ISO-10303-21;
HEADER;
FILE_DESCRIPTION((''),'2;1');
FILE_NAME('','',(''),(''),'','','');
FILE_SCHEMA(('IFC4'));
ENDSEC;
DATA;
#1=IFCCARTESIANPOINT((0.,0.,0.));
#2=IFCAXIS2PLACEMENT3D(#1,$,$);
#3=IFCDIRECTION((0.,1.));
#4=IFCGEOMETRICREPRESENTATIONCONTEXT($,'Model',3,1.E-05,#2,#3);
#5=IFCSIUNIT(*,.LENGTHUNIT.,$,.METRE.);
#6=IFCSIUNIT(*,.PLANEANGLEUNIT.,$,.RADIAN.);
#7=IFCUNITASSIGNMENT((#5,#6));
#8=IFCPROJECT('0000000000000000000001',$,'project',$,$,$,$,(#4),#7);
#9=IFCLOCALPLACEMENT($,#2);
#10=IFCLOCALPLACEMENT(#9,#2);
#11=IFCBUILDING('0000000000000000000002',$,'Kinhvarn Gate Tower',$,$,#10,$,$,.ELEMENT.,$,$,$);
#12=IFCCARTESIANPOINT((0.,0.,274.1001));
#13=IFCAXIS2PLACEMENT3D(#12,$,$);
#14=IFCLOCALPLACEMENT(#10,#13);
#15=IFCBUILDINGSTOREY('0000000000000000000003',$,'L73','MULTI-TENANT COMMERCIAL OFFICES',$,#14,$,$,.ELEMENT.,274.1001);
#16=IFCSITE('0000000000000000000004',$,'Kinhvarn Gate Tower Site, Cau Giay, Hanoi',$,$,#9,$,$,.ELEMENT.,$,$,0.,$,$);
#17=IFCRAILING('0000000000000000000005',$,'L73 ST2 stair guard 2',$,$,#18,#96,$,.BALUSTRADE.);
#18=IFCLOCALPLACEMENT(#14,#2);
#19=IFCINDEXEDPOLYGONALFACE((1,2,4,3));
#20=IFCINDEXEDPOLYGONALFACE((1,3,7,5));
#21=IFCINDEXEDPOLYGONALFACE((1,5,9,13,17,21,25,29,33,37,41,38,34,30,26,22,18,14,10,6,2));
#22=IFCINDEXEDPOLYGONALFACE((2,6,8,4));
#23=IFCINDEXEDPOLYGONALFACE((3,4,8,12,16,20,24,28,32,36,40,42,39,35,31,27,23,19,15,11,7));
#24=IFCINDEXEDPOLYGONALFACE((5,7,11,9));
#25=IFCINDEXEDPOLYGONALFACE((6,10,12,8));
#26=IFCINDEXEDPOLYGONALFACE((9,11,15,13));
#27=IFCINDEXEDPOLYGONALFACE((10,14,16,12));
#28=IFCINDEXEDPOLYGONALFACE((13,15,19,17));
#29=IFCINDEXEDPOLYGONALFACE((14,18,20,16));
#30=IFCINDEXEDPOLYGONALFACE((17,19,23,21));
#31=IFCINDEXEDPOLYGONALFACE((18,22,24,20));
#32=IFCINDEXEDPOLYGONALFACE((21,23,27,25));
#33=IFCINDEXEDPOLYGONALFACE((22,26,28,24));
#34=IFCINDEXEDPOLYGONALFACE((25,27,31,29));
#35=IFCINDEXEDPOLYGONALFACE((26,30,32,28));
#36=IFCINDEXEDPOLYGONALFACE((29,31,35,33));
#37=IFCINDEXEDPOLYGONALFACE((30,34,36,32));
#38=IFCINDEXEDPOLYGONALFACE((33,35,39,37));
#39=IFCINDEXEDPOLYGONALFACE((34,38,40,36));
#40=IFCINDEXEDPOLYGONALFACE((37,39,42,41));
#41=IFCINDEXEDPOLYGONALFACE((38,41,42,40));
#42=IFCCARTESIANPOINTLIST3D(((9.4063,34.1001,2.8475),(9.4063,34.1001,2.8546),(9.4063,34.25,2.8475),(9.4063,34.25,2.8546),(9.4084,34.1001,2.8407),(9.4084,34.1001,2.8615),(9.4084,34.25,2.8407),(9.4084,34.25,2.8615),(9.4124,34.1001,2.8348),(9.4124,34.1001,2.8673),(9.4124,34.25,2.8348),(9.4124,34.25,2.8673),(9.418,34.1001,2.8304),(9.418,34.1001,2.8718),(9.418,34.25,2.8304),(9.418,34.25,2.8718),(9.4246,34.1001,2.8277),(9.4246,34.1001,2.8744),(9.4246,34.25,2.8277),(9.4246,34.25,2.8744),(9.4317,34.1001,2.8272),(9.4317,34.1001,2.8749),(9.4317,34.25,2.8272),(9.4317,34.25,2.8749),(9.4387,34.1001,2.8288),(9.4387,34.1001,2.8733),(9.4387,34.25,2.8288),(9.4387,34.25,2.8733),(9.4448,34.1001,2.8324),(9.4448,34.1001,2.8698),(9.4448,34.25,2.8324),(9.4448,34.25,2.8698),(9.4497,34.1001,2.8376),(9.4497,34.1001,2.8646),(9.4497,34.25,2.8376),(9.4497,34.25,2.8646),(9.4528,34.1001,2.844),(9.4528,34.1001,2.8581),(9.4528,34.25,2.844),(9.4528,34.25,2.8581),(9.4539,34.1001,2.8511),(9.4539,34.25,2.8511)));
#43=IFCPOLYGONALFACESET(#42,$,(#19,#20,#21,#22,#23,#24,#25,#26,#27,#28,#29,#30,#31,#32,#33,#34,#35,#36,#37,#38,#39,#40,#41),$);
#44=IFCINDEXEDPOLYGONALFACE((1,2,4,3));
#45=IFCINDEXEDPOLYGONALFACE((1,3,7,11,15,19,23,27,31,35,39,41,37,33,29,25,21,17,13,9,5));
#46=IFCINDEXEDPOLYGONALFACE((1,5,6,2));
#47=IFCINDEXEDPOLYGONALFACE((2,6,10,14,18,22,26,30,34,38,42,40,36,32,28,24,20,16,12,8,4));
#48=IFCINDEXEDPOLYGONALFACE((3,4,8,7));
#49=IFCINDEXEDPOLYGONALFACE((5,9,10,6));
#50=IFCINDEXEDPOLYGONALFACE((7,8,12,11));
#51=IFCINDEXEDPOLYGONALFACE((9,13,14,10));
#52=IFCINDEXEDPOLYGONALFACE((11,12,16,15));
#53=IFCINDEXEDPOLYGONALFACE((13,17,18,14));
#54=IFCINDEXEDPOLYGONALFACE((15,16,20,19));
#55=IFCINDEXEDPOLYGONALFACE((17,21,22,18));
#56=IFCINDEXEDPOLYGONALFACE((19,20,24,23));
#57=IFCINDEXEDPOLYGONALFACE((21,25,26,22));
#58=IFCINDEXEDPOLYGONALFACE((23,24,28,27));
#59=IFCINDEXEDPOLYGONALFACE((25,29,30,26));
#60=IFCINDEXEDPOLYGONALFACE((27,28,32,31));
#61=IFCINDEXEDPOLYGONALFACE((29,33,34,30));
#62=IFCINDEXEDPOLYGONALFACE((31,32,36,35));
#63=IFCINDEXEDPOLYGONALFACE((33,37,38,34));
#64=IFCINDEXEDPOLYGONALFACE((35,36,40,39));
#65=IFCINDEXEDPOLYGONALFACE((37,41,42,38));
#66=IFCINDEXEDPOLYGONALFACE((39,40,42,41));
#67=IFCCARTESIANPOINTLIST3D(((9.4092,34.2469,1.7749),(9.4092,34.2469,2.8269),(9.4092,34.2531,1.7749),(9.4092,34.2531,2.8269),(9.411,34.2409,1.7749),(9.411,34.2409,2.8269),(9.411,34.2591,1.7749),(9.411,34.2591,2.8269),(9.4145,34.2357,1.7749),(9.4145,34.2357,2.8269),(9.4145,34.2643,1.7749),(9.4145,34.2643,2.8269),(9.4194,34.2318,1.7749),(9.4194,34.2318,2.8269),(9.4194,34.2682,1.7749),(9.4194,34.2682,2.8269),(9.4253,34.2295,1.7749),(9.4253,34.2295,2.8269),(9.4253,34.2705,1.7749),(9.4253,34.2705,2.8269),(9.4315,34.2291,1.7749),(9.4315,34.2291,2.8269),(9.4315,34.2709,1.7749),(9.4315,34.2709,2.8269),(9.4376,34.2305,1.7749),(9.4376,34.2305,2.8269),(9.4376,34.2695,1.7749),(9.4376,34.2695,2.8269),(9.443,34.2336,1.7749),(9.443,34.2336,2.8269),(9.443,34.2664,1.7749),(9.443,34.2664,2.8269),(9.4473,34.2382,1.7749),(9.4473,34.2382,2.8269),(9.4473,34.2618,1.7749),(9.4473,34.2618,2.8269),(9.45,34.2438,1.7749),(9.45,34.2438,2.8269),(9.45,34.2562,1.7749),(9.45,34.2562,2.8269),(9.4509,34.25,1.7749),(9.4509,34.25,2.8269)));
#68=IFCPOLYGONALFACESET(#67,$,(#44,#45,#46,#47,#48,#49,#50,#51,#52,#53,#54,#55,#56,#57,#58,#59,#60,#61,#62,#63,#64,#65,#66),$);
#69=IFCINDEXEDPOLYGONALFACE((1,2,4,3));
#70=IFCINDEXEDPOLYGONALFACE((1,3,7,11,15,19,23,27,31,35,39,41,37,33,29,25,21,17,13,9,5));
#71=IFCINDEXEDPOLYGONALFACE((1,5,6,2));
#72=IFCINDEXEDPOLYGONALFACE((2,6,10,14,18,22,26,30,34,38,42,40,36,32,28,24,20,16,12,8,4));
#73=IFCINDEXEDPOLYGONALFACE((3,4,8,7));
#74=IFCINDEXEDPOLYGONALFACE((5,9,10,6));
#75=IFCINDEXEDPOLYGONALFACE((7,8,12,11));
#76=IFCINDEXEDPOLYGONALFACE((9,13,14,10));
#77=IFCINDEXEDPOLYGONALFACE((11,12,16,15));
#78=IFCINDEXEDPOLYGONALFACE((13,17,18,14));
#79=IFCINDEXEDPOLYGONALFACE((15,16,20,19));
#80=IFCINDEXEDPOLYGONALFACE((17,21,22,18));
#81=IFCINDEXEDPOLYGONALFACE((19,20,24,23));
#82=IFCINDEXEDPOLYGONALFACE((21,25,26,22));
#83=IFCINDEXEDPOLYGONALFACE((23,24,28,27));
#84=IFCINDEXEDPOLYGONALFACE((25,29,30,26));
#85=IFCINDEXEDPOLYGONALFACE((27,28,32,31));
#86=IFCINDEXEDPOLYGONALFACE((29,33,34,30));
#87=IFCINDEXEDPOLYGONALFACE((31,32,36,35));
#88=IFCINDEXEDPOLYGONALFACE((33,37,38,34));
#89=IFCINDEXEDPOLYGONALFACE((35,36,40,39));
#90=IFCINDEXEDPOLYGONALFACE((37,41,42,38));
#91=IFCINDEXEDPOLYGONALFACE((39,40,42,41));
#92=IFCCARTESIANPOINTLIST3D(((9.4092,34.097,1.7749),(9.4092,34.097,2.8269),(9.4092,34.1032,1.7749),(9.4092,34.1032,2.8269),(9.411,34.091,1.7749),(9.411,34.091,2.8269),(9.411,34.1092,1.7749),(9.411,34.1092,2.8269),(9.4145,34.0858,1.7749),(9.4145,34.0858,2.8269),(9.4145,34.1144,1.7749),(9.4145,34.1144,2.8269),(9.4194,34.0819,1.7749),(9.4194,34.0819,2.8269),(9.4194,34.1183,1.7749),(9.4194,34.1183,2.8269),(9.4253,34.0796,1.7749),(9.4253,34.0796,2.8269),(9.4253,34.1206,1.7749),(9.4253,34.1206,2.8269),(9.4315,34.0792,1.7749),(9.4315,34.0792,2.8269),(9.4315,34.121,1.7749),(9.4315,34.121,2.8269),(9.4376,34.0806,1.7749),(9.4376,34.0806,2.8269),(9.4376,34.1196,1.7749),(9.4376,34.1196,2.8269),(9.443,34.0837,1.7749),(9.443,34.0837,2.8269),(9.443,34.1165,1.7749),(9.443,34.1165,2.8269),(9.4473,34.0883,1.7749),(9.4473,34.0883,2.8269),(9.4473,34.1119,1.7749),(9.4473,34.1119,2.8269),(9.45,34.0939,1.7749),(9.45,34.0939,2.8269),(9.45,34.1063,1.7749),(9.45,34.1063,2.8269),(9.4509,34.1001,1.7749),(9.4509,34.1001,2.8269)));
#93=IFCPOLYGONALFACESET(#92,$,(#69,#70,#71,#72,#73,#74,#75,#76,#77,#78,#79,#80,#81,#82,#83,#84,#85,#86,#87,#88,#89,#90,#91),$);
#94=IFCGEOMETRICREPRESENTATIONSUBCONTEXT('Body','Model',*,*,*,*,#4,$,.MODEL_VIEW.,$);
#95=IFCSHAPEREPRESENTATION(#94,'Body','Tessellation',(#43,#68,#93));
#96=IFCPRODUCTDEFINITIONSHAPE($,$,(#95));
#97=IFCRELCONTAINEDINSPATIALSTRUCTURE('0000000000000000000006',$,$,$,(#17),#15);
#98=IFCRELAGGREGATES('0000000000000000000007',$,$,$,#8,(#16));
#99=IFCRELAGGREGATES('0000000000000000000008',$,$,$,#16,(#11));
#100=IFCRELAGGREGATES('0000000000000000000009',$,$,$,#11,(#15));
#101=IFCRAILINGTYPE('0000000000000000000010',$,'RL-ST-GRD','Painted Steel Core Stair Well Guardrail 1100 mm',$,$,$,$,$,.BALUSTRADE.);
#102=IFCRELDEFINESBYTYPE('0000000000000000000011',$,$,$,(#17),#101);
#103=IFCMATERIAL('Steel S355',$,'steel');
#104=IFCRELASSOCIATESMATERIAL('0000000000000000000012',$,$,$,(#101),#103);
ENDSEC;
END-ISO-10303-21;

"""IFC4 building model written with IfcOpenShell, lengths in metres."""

from ifc_helpers import new_model, si_unit, direction, frame, origin, origin_2d, place, context, subcontext, project, spatial, circle, extrude, material, type_object, element, save


model = new_model("IFC4")

# Units and contexts
model_context = context("Model", 3, precision=1e-05, world=origin(), true_north=direction((0.0, 1.0)))
body_context = subcontext(model_context, "Body", "Model", "MODEL_VIEW")
ifc_project = project(units=[si_unit("LENGTHUNIT", "METRE"), si_unit("PLANEANGLEUNIT", "RADIAN")], contexts=[model_context])

# Site, building, storey
site_placement = place(None, origin())
site = spatial("IfcSite", under=ifc_project, at=site_placement, Name="Kinhvarn Gate Tower Site, Cau Giay, Hanoi", CompositionType="ELEMENT", RefElevation=0.0)
building_placement = place(site_placement, origin())
building = spatial("IfcBuilding", under=site, at=building_placement, Name="Kinhvarn Gate Tower", CompositionType="ELEMENT")
storey_placement = place(building_placement, frame((0.0, 0.0, 274.1001)))
storey = spatial("IfcBuildingStorey", under=building, at=storey_placement, Name="L73", Description="MULTI-TENANT COMMERCIAL OFFICES", CompositionType="ELEMENT", Elevation=274.1001)

# Railing
ifc_material_1 = material(Name="Steel S355", Category="steel")
railing_type_1 = type_object("IfcRailingType", Name="RL-ST-GRD", Description="Painted Steel Core Stair Well Guardrail 1100 mm", PredefinedType="BALUSTRADE", material=ifc_material_1)
railing_1_placement = place(storey_placement, frame((9.4299, 34.25, 1.7749)))
element("IfcRailing", 1, at=railing_1_placement, inside=storey, type_object=railing_type_1, Name="L73 ST2 stair guard 2", PredefinedType="BALUSTRADE", context=body_context, shape_type="SweptSolid", body=[
    extrude(circle(Radius=0.0239, at=origin_2d()), frame((0.0, 0.0, 1.0762), z_axis=(0.0, -1.0, 0.0), x_axis=(1.0, 0.0, 0.0)), (0.0, 0.0, 1.0), 0.1499),
    extrude(circle(Radius=0.021, at=origin_2d()), origin(), (0.0, 0.0, 1.0), 1.052),
    extrude(circle(Radius=0.021, at=origin_2d()), frame((0.0, -0.1499, 0.0)), (0.0, 0.0, 1.0), 1.052),
])

save(model, "model.ifc")
